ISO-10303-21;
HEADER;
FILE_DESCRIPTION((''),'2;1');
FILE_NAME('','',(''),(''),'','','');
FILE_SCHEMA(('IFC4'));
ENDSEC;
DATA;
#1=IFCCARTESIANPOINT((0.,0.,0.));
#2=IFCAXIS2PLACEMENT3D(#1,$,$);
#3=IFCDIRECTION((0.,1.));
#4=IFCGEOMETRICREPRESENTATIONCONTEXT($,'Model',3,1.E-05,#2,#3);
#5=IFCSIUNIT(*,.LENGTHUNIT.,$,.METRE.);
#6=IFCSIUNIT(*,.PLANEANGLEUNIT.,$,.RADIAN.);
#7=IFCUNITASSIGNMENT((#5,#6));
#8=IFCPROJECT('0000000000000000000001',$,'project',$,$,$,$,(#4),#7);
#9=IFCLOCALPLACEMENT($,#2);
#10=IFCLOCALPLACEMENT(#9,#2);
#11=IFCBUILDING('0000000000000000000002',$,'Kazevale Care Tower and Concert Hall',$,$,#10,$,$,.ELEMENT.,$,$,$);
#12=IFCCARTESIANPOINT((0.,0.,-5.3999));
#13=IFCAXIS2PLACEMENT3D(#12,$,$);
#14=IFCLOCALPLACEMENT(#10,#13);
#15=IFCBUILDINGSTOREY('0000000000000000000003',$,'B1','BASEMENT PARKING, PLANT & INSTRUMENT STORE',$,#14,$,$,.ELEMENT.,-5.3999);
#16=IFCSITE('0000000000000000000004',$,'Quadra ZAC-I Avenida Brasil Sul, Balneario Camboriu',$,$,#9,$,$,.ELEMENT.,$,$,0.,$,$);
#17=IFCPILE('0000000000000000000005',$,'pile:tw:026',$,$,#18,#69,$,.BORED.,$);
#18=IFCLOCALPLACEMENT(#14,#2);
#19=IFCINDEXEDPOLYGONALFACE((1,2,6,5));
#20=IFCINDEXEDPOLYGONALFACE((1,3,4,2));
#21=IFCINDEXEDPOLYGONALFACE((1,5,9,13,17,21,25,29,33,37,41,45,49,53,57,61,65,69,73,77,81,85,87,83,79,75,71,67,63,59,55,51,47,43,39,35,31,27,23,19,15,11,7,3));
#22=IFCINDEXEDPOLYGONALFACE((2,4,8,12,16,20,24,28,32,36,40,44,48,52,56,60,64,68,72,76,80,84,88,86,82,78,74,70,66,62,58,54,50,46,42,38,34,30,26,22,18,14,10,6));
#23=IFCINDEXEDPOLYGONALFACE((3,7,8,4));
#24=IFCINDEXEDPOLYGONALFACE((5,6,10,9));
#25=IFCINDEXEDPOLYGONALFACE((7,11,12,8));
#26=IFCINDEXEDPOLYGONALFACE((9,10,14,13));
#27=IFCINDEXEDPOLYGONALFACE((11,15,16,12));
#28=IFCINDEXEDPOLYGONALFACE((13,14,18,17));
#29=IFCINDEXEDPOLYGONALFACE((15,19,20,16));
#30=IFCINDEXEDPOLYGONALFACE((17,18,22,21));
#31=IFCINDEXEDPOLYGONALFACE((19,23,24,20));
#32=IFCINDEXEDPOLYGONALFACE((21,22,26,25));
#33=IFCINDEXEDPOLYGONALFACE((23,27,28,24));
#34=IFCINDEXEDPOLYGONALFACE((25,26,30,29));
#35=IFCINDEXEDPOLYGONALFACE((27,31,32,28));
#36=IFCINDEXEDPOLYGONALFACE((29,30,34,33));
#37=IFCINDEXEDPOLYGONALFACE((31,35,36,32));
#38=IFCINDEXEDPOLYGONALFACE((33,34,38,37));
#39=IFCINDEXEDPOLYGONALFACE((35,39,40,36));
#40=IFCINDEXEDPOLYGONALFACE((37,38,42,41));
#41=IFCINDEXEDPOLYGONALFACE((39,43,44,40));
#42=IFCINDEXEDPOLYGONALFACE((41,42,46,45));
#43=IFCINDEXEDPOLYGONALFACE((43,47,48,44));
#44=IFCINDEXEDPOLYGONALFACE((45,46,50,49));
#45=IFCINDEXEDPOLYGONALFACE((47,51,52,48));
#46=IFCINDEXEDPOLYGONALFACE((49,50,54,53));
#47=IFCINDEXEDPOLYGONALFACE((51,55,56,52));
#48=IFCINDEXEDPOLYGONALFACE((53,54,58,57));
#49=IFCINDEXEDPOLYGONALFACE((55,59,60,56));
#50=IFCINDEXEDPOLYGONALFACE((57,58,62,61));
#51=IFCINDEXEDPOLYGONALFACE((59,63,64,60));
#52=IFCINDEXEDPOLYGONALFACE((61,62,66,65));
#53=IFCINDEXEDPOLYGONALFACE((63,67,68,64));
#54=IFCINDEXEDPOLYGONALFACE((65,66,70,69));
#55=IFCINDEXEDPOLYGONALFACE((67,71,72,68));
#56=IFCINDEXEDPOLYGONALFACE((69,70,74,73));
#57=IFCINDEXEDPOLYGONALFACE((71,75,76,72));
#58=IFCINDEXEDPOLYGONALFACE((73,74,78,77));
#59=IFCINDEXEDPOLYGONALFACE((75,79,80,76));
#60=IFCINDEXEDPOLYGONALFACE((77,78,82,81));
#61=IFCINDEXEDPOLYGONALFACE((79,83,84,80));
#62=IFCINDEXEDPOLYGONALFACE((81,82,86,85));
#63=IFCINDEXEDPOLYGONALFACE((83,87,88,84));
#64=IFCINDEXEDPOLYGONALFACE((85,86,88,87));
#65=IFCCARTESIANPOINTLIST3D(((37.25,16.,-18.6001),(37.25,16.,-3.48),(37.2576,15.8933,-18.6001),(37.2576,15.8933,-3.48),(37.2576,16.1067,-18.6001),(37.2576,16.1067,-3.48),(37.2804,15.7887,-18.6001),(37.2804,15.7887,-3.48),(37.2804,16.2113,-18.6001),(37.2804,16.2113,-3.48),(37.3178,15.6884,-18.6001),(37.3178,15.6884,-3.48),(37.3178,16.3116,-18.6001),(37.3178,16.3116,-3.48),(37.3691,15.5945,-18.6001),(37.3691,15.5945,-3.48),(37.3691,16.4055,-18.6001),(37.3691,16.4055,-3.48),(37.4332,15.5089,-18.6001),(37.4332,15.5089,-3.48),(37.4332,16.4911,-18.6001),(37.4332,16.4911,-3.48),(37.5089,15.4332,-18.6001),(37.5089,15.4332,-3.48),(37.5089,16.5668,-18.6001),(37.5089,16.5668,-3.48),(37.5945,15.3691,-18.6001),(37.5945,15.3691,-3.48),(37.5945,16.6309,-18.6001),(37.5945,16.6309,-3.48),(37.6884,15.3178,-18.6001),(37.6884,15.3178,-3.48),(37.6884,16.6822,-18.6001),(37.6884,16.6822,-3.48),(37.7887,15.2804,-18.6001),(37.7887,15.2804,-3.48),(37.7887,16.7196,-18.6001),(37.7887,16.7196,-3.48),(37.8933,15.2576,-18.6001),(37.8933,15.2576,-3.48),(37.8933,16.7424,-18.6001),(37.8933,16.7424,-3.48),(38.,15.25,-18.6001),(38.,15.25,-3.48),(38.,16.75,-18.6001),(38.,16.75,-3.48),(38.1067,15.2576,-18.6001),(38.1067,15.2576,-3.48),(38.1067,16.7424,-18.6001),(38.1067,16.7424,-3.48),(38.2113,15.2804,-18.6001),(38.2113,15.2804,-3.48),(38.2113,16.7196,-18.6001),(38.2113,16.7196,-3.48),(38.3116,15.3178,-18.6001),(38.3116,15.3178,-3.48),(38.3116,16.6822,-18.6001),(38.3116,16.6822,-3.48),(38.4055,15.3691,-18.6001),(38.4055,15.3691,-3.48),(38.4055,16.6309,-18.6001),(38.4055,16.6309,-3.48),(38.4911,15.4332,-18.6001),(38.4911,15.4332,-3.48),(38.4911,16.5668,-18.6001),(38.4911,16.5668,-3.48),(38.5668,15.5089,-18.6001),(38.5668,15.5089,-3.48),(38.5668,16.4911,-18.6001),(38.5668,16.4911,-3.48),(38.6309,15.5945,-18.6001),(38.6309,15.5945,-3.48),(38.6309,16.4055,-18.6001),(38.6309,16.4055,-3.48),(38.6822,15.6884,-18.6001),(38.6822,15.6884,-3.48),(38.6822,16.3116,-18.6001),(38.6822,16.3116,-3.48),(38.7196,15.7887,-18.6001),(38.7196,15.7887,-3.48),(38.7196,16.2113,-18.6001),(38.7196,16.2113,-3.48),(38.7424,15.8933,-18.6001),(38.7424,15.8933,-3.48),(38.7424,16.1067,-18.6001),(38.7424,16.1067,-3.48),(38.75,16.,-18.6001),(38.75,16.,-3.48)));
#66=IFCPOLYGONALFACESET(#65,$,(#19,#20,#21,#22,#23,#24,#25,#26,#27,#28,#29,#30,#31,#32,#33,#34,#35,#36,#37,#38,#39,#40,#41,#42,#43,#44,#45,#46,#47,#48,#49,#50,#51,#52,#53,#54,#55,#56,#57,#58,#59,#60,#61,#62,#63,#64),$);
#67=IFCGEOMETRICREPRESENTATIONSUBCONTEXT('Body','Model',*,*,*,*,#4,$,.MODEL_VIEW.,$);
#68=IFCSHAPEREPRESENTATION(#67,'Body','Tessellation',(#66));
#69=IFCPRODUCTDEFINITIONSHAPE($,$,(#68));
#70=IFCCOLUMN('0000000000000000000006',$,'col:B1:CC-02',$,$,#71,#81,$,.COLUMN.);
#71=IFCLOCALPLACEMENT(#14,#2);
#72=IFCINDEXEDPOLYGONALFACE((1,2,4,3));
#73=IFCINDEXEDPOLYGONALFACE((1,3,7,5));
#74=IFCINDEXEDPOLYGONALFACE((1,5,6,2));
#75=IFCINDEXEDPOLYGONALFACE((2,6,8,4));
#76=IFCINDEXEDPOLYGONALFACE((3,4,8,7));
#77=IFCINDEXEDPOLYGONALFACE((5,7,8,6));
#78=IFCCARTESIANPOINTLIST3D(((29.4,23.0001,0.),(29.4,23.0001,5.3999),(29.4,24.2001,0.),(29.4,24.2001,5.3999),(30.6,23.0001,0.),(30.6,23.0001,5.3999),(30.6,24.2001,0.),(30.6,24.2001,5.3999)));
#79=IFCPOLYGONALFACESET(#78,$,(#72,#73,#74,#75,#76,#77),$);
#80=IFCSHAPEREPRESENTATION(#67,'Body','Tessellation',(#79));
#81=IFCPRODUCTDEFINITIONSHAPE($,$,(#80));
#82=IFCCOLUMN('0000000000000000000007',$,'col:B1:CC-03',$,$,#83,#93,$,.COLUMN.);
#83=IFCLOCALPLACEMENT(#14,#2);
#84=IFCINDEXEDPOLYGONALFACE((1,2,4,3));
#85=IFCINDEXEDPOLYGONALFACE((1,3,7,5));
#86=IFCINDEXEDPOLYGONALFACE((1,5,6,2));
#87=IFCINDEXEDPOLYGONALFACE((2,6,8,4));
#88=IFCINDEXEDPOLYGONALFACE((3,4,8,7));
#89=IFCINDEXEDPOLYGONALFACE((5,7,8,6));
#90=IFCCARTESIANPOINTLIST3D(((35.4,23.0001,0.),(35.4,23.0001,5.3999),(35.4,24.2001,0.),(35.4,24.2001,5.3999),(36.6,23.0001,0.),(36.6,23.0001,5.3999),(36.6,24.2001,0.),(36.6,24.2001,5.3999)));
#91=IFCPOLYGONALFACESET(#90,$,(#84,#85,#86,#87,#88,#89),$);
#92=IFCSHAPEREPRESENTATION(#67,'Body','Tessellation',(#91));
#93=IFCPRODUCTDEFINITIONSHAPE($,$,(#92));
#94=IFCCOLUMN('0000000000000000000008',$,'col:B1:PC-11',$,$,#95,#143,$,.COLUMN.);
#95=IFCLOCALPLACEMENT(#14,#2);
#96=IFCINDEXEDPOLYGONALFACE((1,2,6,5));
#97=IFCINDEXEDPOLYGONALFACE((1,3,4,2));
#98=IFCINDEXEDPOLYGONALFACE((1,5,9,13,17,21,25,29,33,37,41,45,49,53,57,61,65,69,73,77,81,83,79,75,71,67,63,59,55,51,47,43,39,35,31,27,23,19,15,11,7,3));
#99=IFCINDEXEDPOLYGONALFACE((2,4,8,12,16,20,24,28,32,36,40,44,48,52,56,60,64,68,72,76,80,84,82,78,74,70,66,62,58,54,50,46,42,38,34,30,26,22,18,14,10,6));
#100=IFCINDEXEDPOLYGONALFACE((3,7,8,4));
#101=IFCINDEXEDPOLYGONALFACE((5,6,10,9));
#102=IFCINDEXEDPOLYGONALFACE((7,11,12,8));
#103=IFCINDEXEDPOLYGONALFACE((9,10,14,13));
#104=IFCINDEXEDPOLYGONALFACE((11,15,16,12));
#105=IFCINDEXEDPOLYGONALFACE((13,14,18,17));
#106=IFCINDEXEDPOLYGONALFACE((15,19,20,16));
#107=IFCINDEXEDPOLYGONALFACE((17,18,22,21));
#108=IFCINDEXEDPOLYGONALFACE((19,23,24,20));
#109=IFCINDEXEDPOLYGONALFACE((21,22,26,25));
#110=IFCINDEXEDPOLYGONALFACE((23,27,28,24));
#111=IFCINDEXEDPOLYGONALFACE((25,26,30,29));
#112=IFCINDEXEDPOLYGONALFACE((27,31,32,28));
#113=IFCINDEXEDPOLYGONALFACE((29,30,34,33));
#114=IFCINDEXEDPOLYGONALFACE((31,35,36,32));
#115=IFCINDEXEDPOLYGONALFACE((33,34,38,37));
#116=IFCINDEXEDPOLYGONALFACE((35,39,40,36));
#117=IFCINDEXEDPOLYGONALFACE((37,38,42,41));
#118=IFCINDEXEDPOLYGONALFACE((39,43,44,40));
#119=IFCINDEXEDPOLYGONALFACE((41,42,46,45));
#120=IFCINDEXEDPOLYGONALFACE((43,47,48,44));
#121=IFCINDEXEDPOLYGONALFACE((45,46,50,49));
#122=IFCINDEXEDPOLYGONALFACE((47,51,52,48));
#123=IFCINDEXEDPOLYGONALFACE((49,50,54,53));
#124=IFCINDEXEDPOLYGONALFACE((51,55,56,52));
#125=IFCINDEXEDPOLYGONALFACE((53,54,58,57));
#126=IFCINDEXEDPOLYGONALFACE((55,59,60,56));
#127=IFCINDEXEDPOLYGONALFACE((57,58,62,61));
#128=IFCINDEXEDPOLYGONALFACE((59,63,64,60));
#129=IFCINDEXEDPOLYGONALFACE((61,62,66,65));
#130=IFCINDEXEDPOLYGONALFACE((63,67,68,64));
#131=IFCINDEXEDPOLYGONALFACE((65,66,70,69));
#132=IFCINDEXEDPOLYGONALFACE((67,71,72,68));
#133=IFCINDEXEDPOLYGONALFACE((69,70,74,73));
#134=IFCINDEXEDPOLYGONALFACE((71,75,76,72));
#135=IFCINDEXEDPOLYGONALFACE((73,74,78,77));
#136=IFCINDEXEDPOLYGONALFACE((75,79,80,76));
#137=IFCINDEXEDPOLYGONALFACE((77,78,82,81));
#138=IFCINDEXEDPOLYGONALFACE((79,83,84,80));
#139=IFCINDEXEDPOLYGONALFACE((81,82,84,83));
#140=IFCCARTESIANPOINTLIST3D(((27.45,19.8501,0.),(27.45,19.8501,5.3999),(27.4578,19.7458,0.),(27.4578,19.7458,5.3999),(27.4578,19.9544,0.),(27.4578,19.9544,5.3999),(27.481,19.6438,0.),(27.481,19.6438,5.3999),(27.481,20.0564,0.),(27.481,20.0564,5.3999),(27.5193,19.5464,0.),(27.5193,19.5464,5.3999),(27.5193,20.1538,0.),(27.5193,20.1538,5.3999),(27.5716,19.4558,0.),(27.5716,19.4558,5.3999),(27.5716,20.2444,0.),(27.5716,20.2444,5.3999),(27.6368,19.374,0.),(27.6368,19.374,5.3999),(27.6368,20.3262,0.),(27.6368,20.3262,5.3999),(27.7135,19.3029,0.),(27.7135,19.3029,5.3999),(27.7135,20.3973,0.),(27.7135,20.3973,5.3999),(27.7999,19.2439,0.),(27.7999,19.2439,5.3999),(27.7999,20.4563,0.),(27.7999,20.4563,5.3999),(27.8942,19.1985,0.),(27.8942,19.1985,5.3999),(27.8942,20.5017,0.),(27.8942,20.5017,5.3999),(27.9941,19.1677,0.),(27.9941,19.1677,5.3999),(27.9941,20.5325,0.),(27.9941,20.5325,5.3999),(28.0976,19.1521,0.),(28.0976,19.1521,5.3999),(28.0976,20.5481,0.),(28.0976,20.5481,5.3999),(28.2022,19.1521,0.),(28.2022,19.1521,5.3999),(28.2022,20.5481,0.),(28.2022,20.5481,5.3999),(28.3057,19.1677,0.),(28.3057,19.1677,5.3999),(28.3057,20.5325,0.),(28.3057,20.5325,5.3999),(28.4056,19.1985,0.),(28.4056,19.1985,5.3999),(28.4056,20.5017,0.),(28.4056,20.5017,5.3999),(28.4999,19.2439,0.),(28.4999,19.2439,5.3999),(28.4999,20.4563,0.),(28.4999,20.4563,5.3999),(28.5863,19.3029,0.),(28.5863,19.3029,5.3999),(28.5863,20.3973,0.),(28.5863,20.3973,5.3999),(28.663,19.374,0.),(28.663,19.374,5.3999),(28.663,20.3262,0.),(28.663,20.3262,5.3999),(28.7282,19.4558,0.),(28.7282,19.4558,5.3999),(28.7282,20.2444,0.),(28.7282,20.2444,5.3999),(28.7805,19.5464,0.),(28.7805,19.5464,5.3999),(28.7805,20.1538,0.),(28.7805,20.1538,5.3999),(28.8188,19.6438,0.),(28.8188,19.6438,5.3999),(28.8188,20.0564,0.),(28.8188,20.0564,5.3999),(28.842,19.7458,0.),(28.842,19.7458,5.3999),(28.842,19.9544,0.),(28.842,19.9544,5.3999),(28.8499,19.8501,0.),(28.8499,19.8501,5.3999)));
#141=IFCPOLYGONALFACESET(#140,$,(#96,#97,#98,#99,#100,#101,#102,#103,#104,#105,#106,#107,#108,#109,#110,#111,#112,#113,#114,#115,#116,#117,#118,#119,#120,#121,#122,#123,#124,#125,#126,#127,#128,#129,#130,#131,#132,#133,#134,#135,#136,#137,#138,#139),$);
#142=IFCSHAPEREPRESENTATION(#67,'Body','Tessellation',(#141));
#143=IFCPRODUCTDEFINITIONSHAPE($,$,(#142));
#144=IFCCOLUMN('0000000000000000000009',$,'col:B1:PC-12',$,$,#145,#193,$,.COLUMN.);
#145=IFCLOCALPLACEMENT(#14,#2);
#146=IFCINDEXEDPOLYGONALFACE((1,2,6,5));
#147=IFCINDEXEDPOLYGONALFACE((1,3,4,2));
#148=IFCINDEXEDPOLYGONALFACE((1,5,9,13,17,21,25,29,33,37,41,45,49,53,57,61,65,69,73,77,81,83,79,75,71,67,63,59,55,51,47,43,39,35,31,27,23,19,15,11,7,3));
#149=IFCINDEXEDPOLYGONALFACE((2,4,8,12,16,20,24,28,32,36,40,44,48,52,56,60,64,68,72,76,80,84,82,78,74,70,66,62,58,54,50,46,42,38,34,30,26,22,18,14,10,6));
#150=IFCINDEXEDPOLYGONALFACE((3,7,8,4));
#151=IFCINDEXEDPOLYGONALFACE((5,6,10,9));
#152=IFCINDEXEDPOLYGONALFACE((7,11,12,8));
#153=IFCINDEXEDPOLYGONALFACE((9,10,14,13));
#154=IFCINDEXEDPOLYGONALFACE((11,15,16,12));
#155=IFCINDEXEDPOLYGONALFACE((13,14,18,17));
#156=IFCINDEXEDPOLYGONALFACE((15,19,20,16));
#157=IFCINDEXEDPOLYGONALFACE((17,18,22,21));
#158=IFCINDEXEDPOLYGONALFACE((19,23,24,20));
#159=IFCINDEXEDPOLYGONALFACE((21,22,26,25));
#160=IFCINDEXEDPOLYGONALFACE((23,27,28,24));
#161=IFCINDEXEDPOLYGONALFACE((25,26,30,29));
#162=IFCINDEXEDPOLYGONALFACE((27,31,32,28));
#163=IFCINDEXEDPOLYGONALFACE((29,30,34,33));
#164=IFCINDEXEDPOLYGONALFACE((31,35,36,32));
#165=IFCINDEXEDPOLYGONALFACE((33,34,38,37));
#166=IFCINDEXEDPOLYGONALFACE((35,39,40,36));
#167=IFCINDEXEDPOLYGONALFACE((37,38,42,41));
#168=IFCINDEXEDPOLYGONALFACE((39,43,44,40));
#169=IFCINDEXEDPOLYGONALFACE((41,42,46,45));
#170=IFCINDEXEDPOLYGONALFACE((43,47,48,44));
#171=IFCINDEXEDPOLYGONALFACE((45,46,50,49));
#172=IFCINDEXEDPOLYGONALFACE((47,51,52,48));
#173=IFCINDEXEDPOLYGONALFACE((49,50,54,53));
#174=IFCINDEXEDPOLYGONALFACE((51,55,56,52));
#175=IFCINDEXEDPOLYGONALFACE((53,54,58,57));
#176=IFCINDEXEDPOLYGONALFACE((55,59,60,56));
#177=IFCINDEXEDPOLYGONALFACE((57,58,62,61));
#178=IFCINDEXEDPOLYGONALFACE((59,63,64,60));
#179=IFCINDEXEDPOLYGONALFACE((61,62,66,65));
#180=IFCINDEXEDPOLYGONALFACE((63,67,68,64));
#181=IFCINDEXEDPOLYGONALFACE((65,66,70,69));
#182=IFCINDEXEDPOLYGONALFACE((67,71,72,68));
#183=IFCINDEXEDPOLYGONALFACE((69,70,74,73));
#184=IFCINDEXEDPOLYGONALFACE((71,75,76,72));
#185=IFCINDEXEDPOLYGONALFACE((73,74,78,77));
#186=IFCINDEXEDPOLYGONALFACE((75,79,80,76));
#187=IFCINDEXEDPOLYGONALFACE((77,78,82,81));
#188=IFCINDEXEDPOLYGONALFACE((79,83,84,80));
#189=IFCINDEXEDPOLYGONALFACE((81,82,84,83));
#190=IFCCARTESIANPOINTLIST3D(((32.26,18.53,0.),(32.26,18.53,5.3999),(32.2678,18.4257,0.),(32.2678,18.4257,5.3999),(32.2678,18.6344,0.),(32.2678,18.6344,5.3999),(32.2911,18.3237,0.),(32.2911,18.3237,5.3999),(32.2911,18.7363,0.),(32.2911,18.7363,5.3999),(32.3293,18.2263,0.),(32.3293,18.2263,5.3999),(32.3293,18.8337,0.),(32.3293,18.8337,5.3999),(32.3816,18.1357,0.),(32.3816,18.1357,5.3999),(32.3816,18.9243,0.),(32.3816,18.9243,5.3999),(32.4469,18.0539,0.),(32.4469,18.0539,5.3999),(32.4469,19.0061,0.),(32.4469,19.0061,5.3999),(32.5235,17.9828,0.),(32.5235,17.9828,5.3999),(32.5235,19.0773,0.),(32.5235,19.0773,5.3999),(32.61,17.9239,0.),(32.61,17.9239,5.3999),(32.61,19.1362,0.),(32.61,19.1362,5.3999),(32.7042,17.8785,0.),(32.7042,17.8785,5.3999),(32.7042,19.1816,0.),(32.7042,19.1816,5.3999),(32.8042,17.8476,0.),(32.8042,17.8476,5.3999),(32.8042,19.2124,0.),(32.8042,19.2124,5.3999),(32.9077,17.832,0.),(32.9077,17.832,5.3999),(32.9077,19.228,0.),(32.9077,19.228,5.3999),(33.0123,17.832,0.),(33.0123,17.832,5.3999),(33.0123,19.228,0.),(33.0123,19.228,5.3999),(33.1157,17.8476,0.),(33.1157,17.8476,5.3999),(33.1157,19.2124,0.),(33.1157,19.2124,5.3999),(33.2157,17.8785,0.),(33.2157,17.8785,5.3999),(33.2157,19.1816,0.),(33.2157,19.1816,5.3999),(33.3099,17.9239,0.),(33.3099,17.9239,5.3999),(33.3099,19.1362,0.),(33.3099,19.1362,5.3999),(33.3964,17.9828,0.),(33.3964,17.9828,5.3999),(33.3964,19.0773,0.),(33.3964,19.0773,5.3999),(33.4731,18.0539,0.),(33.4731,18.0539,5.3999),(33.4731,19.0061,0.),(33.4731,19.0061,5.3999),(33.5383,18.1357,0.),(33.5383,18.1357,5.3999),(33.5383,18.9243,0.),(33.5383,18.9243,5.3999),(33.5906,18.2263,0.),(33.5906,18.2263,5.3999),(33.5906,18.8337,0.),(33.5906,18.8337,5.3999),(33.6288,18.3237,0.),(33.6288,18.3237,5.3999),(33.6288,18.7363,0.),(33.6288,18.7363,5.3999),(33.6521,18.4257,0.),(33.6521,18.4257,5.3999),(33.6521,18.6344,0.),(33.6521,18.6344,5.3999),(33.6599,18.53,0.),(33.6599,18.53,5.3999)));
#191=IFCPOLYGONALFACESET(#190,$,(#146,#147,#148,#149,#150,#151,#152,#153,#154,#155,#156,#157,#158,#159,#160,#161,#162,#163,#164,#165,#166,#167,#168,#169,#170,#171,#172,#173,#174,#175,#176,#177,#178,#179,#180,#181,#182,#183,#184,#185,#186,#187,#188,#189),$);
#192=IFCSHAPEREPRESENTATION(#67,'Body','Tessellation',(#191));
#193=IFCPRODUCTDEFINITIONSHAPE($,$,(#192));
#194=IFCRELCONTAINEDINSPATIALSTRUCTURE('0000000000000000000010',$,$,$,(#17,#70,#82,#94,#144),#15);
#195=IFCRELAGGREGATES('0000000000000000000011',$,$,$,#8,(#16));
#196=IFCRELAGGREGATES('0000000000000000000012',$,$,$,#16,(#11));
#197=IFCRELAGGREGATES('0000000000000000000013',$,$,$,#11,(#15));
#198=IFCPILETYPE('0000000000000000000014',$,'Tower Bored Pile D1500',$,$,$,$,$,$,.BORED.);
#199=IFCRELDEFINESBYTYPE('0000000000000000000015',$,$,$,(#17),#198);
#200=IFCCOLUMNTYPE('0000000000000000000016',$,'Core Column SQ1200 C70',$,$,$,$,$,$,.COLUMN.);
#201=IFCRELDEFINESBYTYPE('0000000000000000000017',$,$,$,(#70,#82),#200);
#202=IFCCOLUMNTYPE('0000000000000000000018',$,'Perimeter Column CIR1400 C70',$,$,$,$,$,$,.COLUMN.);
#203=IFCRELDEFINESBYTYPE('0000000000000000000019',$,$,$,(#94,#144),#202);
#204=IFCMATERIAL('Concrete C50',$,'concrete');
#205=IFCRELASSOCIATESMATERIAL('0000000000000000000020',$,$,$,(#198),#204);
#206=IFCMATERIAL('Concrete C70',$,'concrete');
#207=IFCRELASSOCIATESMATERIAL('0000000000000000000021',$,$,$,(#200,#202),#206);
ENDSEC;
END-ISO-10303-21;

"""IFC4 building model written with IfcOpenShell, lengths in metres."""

from ifc_helpers import new_model, si_unit, direction, frame, origin, origin_2d, place, context, subcontext, project, spatial, rectangle, circle, extrude, material, material_profile, profile_set, type_object, element, save


model = new_model("IFC4")

# Units and contexts
model_context = context("Model", 3, precision=1e-05, world=origin(), true_north=direction((0.0, 1.0)))
body_context = subcontext(model_context, "Body", "Model", "MODEL_VIEW")
ifc_project = project(units=[si_unit("LENGTHUNIT", "METRE"), si_unit("PLANEANGLEUNIT", "RADIAN")], contexts=[model_context])

# Site, building, storey
site_placement = place(None, origin())
site = spatial("IfcSite", under=ifc_project, at=site_placement, Name="Quadra ZAC-I Avenida Brasil Sul, Balneario Camboriu", CompositionType="ELEMENT", RefElevation=0.0)
building_placement = place(site_placement, origin())
building = spatial("IfcBuilding", under=site, at=building_placement, Name="Kazevale Care Tower and Concert Hall", CompositionType="ELEMENT")
storey_placement = place(building_placement, frame((0.0, 0.0, -5.3999)))
storey = spatial("IfcBuildingStorey", under=building, at=storey_placement, Name="B1", Description="BASEMENT PARKING, PLANT & INSTRUMENT STORE", CompositionType="ELEMENT", Elevation=-5.3999)

# Pile
ifc_material_1 = material(Name="Concrete C50", Category="concrete")
ifc_material_profile_1 = material_profile(ifc_material_1, circle(Radius=0.75, at=origin_2d()), Name="PILE-D1500")
ifc_profile_set_1 = profile_set([ifc_material_profile_1], Name="Concrete C50")
pile_type = type_object("IfcPileType", Name="Tower Bored Pile D1500", PredefinedType="BORED", material=ifc_profile_set_1)
for number, where, z_axis, x_axis, name in (
    (1, (38.0, 16.0, -3.48), (0.0, 0.0, -1.0), (1.0, 0.0, 0.0), "pile:tw:026"),
):
    element("IfcPile", number, at=place(storey_placement, frame(where, z_axis=z_axis, x_axis=x_axis)), inside=storey, type_object=pile_type, Name=name, PredefinedType="BORED", context=body_context, shape_type="SweptSolid", body=[
        extrude(circle(Radius=0.75, at=origin_2d()), origin(), (0.0, 0.0, 1.0), 15.1201),
    ])

# Columns
ifc_material_2 = material(Name="Concrete C70", Category="concrete")
ifc_material_profile_2 = material_profile(ifc_material_2, rectangle(XDim=1.2, YDim=1.2, at=origin_2d()), Name="RC-SQ1200")
ifc_profile_set_2 = profile_set([ifc_material_profile_2], Name="Concrete C70")
column_type_1 = type_object("IfcColumnType", Name="Core Column SQ1200 C70", PredefinedType="COLUMN", material=ifc_profile_set_2)
for number, where, z_axis, x_axis, name in (
    (2, (30.0, 23.6001, 0.0), (0.0, 0.0, 1.0), (1.0, 0.0, 0.0), "col:B1:CC-02"),
    (3, (36.0, 23.6001, 0.0), (0.0, 0.0, 1.0), (1.0, 0.0, 0.0), "col:B1:CC-03"),
):
    element("IfcColumn", number, at=place(storey_placement, frame(where, z_axis=z_axis, x_axis=x_axis)), inside=storey, type_object=column_type_1, Name=name, PredefinedType="COLUMN", context=body_context, shape_type="SweptSolid", body=[
        extrude(rectangle(XDim=1.2, YDim=1.2, at=origin_2d()), origin(), (0.0, 0.0, 1.0), 5.3999),
    ])
ifc_material_profile_3 = material_profile(ifc_material_2, circle(Radius=0.7, at=origin_2d()), Name="RC-CIR1400")
ifc_profile_set_3 = profile_set([ifc_material_profile_3], Name="Concrete C70")
column_type_2 = type_object("IfcColumnType", Name="Perimeter Column CIR1400 C70", PredefinedType="COLUMN", material=ifc_profile_set_3)
for number, where, z_axis, x_axis, name in (
    (4, (28.1499, 19.8501, 0.0), (0.0, 0.0, 1.0), (1.0, 0.0, 0.0), "col:B1:PC-11"),
    (5, (32.96, 18.53, 0.0), (0.0, 0.0, 1.0), (1.0, 0.0, 0.0), "col:B1:PC-12"),
):
    element("IfcColumn", number, at=place(storey_placement, frame(where, z_axis=z_axis, x_axis=x_axis)), inside=storey, type_object=column_type_2, Name=name, PredefinedType="COLUMN", context=body_context, shape_type="SweptSolid", body=[
        extrude(circle(Radius=0.7, at=origin_2d()), origin(), (0.0, 0.0, 1.0), 5.3999),
    ])

save(model, "model.ifc")
